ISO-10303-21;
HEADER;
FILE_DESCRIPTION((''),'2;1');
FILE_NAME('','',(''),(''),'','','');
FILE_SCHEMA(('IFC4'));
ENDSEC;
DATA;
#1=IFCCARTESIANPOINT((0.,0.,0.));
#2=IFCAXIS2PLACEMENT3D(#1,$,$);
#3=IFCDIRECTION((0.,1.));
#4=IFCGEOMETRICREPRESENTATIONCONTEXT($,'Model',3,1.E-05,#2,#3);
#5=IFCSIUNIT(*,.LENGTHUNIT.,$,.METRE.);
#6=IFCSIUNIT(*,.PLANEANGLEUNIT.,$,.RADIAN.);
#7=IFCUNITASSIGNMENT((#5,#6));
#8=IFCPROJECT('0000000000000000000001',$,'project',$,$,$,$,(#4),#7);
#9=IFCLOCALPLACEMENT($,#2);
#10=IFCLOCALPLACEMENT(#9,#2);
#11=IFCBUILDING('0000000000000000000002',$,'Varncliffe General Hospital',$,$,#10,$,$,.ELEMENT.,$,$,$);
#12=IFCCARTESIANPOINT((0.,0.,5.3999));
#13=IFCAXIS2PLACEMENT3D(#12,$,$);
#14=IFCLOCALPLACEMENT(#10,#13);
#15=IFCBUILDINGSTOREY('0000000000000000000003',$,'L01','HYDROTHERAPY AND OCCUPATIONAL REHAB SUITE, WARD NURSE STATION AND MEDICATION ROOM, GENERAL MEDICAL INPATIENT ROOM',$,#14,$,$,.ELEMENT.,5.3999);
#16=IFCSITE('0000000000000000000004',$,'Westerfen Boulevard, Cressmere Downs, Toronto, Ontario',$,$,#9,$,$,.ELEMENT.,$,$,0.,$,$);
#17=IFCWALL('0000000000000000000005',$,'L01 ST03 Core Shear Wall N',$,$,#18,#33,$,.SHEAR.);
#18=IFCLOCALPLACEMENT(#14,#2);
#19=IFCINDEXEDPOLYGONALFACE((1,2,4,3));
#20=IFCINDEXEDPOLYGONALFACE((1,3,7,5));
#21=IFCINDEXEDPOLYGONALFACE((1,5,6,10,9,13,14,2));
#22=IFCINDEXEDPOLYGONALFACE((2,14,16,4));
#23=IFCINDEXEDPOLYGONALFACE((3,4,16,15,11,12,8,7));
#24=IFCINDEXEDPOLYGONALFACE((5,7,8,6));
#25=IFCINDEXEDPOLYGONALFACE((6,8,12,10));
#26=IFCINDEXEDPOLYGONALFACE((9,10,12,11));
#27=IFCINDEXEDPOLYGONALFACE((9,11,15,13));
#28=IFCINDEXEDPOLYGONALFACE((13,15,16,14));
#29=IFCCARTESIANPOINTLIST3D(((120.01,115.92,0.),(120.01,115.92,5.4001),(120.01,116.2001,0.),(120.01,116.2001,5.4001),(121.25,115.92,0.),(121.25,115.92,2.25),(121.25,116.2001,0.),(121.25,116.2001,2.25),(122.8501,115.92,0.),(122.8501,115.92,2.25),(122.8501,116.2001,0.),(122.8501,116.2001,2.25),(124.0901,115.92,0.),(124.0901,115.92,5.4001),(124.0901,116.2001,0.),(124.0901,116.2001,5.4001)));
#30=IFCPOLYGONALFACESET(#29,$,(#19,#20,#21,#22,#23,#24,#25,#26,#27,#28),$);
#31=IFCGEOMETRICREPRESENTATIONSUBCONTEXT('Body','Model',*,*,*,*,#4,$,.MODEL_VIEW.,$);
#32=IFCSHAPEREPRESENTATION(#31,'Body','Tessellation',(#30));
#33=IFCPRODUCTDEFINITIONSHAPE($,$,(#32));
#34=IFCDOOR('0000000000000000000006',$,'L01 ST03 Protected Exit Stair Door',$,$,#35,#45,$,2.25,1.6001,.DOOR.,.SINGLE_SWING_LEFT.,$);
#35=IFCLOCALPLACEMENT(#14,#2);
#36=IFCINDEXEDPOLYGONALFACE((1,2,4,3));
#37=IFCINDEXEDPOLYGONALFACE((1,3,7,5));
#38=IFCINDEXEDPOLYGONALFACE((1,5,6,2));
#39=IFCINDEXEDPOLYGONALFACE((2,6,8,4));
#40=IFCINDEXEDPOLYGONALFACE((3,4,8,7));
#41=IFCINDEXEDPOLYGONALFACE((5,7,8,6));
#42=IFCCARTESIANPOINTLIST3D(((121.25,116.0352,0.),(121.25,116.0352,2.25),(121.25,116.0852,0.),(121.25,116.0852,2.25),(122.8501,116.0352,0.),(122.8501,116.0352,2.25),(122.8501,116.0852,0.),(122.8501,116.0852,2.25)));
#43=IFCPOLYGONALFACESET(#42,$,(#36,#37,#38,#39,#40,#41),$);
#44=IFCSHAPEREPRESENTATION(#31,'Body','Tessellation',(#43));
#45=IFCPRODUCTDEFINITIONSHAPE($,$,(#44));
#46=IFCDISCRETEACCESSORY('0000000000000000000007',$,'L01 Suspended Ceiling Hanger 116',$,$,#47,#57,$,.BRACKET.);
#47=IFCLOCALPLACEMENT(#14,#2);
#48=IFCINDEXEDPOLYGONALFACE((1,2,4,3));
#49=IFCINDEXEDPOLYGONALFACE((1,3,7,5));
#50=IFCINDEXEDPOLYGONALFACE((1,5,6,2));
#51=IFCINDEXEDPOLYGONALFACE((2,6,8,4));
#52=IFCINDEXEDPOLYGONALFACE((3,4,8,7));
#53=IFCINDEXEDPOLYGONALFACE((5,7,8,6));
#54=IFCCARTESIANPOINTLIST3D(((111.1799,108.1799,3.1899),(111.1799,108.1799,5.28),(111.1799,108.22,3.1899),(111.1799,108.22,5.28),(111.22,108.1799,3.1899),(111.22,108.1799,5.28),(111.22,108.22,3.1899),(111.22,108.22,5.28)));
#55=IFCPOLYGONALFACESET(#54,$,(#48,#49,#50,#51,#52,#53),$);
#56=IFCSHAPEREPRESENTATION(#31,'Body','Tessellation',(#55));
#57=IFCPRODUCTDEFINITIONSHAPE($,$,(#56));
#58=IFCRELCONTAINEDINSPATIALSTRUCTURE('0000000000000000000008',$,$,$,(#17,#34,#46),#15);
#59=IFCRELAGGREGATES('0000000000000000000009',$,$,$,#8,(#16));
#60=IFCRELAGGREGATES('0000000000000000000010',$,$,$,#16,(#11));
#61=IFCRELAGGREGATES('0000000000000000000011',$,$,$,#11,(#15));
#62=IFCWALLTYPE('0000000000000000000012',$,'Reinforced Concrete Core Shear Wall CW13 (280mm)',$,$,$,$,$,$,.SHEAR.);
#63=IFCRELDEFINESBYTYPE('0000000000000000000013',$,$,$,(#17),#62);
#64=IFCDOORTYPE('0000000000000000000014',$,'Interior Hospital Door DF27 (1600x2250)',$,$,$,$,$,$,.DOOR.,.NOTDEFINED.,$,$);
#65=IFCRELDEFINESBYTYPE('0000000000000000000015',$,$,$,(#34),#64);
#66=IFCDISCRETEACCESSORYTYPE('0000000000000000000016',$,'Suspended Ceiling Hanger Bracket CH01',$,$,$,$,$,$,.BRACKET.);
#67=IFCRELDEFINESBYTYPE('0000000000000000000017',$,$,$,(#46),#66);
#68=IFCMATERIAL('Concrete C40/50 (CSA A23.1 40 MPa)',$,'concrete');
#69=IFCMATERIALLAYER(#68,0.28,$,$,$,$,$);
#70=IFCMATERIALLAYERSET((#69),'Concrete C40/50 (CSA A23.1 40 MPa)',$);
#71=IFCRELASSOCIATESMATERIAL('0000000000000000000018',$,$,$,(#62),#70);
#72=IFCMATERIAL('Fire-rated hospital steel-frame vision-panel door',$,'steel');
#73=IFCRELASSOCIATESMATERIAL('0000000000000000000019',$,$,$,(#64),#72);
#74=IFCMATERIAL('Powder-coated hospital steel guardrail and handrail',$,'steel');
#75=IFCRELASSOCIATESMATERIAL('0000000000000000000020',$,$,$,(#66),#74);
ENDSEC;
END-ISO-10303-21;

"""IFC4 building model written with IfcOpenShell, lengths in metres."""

from ifc_helpers import new_model, si_unit, direction, frame, frame_2d, origin, origin_2d, place, context, subcontext, project, spatial, rectangle, extrude, material, layer, layer_set, type_object, element, fill, save


model = new_model("IFC4")

# Units and contexts
model_context = context("Model", 3, precision=1e-05, world=origin(), true_north=direction((0.0, 1.0)))
body_context = subcontext(model_context, "Body", "Model", "MODEL_VIEW")
ifc_project = project(units=[si_unit("LENGTHUNIT", "METRE"), si_unit("PLANEANGLEUNIT", "RADIAN")], contexts=[model_context])

# Site, building, storey
site_placement = place(None, origin())
site = spatial("IfcSite", under=ifc_project, at=site_placement, Name="Westerfen Boulevard, Cressmere Downs, Toronto, Ontario", CompositionType="ELEMENT", RefElevation=0.0)
building_placement = place(site_placement, origin())
building = spatial("IfcBuilding", under=site, at=building_placement, Name="Varncliffe General Hospital", CompositionType="ELEMENT")
storey_placement = place(building_placement, frame((0.0, 0.0, 5.3999)))
storey = spatial("IfcBuildingStorey", under=building, at=storey_placement, Name="L01", Description="HYDROTHERAPY AND OCCUPATIONAL REHAB SUITE, WARD NURSE STATION AND MEDICATION ROOM, GENERAL MEDICAL INPATIENT ROOM", CompositionType="ELEMENT", Elevation=5.3999)

# Shared definitions
ifc_material_1 = material(Name="Concrete C40/50 (CSA A23.1 40 MPa)", Category="concrete")

# Shared definitions
ifc_material_2 = material(Name="Fire-rated hospital steel-frame vision-panel door", Category="steel")

# Shared definitions
ifc_layer_1 = layer(ifc_material_1, 0.28)
ifc_layer_set_1 = layer_set([ifc_layer_1], Name="Concrete C40/50 (CSA A23.1 40 MPa)")
wall_type_1 = type_object("IfcWallType", Name="Reinforced Concrete Core Shear Wall CW13 (280mm)", PredefinedType="SHEAR", material=ifc_layer_set_1)

# Wall, opening, door
wall_1_placement = place(storey_placement, frame((120.01, 116.0601, 0.0), z_axis=(0.0, 0.0, 1.0), x_axis=(1.0, 0.0, 0.0)))
wall_1 = element("IfcWall", 1, at=wall_1_placement, inside=storey, type_object=wall_type_1, Name="L01 ST03 Core Shear Wall N", PredefinedType="SHEAR", context=body_context, shape_type="SweptSolid", body=[
    extrude(rectangle(XDim=4.0801, YDim=0.28, at=frame_2d((2.04, 0.0))), origin(), (0.0, 0.0, 1.0), 5.4001),
])
opening_1_placement = place(wall_1_placement, frame((1.24, 0.0, 0.0)))
opening_1 = element("IfcOpeningElement", 2, at=opening_1_placement, cuts=wall_1, PredefinedType="OPENING", context=body_context, shape_type="SweptSolid", body=[
    extrude(rectangle(XDim=1.6001, YDim=2.25, at=frame_2d((0.8, 1.125))), frame((0.0, 0.1499, 0.0), z_axis=(0.0, -1.0, 0.0), x_axis=(1.0, 0.0, 0.0)), (0.0, 0.0, 1.0), 0.3),
])
door_type_1 = type_object("IfcDoorType", Name="Interior Hospital Door DF27 (1600x2250)", OperationType="NOTDEFINED", PredefinedType="DOOR", material=ifc_material_2)
door_1_placement = place(opening_1_placement, frame((1.6001, 0.0, 0.0), z_axis=(0.0, 0.0, 1.0), x_axis=(-1.0, 0.0, 0.0)))
door_1 = element("IfcDoor", 3, at=door_1_placement, inside=storey, type_object=door_type_1, Name="L01 ST03 Protected Exit Stair Door", OperationType="SINGLE_SWING_LEFT", OverallHeight=2.25, OverallWidth=1.6001, PredefinedType="DOOR", context=body_context, shape_type="SweptSolid", body=[
    extrude(rectangle(XDim=1.6001, YDim=2.25, at=frame_2d((0.8, 1.125))), frame((0.0, 0.0249, 0.0), z_axis=(0.0, -1.0, 0.0), x_axis=(1.0, 0.0, 0.0)), (0.0, 0.0, 1.0), 0.05),
])
fill(opening_1, door_1)

# Discrete accessory
ifc_material_3 = material(Name="Powder-coated hospital steel guardrail and handrail", Category="steel")
discrete_accessory_type = type_object("IfcDiscreteAccessoryType", Name="Suspended Ceiling Hanger Bracket CH01", PredefinedType="BRACKET", material=ifc_material_3)
discrete_accessory_placement = place(storey_placement, frame((111.2, 108.2, 3.1899), z_axis=(0.0, 0.0, 1.0), x_axis=(1.0, 0.0, 0.0)))
element("IfcDiscreteAccessory", 4, at=discrete_accessory_placement, inside=storey, type_object=discrete_accessory_type, Name="L01 Suspended Ceiling Hanger 116", PredefinedType="BRACKET", context=body_context, shape_type="SweptSolid", body=[
    extrude(rectangle(XDim=0.04, YDim=0.04, at=origin_2d()), origin(), (0.0, 0.0, 1.0), 2.0901),
])

save(model, "model.ifc")
